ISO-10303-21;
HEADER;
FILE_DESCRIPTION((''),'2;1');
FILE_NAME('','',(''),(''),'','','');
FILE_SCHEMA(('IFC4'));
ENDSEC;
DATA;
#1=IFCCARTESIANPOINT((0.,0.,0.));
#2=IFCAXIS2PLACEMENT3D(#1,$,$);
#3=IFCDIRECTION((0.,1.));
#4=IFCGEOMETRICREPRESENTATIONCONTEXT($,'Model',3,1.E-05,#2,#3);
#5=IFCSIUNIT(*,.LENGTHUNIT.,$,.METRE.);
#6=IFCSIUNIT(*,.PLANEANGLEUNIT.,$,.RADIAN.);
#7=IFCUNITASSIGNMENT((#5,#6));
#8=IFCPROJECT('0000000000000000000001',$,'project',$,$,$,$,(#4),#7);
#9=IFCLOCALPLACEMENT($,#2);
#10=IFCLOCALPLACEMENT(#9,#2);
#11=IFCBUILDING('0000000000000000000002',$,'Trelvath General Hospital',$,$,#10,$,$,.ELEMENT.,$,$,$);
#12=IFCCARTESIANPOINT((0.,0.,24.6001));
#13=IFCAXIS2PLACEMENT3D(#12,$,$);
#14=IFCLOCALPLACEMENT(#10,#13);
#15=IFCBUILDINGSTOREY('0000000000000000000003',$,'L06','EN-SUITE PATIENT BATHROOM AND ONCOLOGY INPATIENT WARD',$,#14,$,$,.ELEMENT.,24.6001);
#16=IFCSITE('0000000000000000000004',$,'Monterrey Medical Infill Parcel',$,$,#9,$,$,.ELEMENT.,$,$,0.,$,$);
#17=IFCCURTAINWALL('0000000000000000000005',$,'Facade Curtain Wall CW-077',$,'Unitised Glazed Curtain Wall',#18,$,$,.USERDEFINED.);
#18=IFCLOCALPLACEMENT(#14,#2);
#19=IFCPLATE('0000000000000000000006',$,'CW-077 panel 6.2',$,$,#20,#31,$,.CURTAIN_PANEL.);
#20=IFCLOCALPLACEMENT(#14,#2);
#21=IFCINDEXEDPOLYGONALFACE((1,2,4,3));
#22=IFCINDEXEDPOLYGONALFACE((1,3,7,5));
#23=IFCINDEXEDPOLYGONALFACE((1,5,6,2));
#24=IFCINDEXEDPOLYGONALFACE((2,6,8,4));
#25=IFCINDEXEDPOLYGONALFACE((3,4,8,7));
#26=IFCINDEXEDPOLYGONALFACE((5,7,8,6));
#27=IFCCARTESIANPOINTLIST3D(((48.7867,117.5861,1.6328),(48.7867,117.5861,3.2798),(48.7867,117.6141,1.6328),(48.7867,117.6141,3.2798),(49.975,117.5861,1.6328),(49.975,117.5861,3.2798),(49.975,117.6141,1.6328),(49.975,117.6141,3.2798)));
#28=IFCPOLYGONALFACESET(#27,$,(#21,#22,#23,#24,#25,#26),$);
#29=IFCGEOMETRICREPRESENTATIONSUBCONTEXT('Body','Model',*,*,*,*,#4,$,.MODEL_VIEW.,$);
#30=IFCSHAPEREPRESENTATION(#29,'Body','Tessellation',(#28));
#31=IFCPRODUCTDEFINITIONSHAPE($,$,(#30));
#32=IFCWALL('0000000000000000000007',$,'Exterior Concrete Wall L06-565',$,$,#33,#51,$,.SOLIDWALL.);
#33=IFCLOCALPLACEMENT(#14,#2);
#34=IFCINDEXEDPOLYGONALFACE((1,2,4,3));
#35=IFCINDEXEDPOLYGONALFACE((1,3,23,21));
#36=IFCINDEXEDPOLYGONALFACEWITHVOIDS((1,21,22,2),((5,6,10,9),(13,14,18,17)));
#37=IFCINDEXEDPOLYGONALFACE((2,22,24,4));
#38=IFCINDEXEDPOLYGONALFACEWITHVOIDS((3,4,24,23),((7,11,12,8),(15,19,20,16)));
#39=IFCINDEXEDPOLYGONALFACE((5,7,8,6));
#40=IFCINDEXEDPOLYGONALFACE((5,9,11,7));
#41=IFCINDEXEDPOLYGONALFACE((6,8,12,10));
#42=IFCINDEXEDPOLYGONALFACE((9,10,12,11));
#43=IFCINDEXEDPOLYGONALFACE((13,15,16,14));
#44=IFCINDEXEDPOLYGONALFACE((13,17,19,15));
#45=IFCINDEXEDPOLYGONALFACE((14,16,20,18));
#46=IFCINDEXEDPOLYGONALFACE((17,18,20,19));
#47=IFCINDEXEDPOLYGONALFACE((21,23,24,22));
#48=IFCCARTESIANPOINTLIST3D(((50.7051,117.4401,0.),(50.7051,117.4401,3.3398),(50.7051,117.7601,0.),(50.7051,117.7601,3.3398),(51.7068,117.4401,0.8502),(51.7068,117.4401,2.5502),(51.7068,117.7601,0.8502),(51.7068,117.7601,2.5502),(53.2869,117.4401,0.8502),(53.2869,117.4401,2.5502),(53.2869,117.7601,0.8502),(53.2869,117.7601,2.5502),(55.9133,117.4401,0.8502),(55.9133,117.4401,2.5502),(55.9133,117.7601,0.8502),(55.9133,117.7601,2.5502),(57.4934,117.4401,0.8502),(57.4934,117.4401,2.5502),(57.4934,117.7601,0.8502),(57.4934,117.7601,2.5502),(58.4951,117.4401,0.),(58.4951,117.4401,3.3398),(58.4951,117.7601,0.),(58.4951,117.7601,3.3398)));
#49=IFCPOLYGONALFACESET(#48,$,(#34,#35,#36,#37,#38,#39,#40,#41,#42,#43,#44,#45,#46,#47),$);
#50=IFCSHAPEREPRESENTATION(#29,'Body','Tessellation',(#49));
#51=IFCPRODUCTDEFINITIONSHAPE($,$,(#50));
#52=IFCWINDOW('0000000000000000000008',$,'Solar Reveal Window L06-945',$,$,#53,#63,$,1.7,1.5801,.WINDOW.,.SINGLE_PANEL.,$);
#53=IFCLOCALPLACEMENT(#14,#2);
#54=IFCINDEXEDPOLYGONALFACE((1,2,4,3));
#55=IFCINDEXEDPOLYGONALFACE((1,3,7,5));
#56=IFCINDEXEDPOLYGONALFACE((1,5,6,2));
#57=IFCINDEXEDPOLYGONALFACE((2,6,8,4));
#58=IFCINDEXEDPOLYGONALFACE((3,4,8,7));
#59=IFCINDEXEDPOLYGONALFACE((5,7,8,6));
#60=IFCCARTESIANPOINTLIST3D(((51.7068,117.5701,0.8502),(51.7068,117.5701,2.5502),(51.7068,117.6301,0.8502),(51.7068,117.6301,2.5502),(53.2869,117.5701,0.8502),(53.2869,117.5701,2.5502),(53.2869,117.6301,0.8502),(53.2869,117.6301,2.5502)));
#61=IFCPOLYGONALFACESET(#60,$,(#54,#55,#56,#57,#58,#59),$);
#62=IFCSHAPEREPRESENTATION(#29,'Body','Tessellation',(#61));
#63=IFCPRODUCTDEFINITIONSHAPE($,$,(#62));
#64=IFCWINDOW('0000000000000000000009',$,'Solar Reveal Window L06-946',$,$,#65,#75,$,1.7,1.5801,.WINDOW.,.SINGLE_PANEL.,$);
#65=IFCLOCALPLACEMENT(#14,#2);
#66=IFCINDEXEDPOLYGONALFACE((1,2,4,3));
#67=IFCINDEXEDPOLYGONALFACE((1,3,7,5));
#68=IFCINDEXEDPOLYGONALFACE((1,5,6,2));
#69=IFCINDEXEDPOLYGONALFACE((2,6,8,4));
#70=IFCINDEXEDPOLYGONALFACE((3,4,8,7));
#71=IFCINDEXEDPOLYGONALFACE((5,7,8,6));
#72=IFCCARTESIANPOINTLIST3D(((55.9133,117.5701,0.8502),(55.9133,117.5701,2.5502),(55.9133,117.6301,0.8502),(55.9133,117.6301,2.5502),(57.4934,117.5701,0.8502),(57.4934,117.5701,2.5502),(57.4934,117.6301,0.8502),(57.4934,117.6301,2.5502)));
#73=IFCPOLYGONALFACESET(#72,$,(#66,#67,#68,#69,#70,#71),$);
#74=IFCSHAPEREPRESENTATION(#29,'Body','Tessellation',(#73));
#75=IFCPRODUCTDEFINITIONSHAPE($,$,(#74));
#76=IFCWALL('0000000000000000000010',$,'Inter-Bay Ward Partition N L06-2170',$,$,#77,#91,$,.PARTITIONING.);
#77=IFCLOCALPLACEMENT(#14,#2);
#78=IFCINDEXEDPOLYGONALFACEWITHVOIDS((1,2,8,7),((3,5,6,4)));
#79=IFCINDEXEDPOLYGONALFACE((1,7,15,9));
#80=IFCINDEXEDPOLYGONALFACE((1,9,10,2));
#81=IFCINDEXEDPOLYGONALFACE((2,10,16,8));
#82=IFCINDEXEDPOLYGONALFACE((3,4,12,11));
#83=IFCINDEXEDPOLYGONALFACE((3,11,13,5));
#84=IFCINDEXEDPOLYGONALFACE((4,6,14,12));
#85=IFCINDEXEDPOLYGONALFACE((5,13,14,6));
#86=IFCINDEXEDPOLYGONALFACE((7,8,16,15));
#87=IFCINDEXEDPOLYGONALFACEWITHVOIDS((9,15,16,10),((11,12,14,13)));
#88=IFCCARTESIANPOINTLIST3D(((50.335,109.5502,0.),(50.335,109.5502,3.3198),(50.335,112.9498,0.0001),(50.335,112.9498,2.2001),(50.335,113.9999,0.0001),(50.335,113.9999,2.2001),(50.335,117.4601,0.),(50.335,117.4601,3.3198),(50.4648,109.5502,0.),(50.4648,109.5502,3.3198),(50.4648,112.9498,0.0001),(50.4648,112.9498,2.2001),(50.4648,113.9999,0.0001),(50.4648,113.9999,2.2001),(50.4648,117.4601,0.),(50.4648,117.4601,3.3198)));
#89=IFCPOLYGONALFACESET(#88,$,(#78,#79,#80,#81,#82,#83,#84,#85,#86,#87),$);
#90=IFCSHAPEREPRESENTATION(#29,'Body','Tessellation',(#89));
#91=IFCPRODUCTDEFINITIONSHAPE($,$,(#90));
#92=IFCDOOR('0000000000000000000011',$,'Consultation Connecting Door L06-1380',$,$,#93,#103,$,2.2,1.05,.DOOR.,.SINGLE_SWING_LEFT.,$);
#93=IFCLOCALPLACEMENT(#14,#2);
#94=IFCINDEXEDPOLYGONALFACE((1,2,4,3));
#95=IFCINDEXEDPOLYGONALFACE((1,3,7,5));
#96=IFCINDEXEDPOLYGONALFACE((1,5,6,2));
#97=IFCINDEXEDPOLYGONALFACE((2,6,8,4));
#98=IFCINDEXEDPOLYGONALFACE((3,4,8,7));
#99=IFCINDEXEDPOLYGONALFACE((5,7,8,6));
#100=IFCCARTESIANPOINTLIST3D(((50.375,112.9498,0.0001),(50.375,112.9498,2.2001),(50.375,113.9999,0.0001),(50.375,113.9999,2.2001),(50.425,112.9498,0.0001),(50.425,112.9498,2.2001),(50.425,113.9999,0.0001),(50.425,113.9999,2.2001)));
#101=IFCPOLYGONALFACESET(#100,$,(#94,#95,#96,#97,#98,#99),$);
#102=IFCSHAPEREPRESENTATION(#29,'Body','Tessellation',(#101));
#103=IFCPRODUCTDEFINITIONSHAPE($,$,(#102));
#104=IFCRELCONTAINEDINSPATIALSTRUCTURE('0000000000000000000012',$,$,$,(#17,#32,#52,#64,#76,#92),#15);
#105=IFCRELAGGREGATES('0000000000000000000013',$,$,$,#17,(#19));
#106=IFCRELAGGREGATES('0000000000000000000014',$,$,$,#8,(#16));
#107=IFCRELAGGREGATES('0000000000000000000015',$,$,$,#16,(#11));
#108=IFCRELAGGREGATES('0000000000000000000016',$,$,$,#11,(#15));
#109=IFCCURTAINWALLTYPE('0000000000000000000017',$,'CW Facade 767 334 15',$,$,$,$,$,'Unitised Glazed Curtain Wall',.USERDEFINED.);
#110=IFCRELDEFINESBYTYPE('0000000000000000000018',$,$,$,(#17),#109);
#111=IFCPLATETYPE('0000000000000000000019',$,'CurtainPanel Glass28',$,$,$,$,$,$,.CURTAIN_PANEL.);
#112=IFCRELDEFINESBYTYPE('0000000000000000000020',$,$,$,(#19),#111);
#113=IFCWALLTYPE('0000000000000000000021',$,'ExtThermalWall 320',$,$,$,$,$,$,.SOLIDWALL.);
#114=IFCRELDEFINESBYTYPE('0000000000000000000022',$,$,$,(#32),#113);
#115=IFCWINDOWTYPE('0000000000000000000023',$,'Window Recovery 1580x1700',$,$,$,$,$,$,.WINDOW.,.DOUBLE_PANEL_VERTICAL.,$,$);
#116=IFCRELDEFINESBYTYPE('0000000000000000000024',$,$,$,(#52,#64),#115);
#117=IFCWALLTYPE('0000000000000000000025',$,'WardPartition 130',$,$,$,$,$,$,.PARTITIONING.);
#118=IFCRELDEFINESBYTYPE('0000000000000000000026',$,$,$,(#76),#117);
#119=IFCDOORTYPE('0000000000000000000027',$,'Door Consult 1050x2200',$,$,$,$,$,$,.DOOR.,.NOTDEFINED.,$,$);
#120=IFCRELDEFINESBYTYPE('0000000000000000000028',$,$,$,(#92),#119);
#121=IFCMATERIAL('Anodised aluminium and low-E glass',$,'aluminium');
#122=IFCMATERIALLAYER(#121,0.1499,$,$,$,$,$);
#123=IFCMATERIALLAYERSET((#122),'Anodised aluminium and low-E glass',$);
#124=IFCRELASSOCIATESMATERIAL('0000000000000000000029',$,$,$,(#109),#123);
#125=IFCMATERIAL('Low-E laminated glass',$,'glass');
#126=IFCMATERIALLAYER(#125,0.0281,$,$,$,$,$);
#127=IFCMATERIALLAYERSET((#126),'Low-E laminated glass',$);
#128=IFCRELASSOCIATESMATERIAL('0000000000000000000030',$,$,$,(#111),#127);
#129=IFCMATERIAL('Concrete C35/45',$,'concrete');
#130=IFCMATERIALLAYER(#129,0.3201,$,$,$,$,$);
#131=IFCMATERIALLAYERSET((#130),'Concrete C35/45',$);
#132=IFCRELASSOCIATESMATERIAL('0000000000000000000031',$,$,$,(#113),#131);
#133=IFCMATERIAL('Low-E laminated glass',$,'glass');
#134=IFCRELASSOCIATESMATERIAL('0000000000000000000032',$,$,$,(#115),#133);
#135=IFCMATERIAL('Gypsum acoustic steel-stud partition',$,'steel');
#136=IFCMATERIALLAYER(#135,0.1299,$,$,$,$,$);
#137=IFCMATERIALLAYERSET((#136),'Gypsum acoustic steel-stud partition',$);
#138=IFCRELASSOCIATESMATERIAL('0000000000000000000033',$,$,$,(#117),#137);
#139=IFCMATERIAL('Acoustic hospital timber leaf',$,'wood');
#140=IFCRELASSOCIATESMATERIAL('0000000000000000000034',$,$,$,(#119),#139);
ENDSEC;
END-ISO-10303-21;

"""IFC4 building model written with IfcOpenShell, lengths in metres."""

from ifc_helpers import new_model, si_unit, direction, frame, frame_2d, origin, origin_2d, place, context, subcontext, project, spatial, rectangle, extrude, material, layer, layer_set, type_object, element, fill, aggregate, save


model = new_model("IFC4")

# Units and contexts
model_context = context("Model", 3, precision=1e-05, world=origin(), true_north=direction((0.0, 1.0)))
body_context = subcontext(model_context, "Body", "Model", "MODEL_VIEW")
ifc_project = project(units=[si_unit("LENGTHUNIT", "METRE"), si_unit("PLANEANGLEUNIT", "RADIAN")], contexts=[model_context])

# Site, building, storey
site_placement = place(None, origin())
site = spatial("IfcSite", under=ifc_project, at=site_placement, Name="Monterrey Medical Infill Parcel", CompositionType="ELEMENT", RefElevation=0.0)
building_placement = place(site_placement, origin())
building = spatial("IfcBuilding", under=site, at=building_placement, Name="Trelvath General Hospital", CompositionType="ELEMENT")
storey_placement = place(building_placement, frame((0.0, 0.0, 24.6001)))
storey = spatial("IfcBuildingStorey", under=building, at=storey_placement, Name="L06", Description="EN-SUITE PATIENT BATHROOM AND ONCOLOGY INPATIENT WARD", CompositionType="ELEMENT", Elevation=24.6001)

# Curtain wall, plate
ifc_material_1 = material(Name="Anodised aluminium and low-E glass", Category="aluminium")
ifc_layer_1 = layer(ifc_material_1, 0.1499)
ifc_layer_set_1 = layer_set([ifc_layer_1], Name="Anodised aluminium and low-E glass")
curtain_wall_type = type_object("IfcCurtainWallType", Name="CW Facade 767 334 15", ElementType="Unitised Glazed Curtain Wall", PredefinedType="USERDEFINED", material=ifc_layer_set_1)
curtain_wall_placement = place(storey_placement, origin())
curtain_wall = element("IfcCurtainWall", 1, at=curtain_wall_placement, inside=storey, type_object=curtain_wall_type, Name="Facade Curtain Wall CW-077", ObjectType="Unitised Glazed Curtain Wall", PredefinedType="USERDEFINED")
ifc_material_2 = material(Name="Low-E laminated glass", Category="glass")
ifc_layer_2 = layer(ifc_material_2, 0.0281)
ifc_layer_set_2 = layer_set([ifc_layer_2], Name="Low-E laminated glass")
plate_type = type_object("IfcPlateType", Name="CurtainPanel Glass28", PredefinedType="CURTAIN_PANEL", material=ifc_layer_set_2)
plate_1_placement = place(storey_placement, frame((49.3809, 117.6001, 1.6328), z_axis=(0.0, 0.0, 1.0), x_axis=(1.0, 0.0, 0.0)))
plate_1 = element("IfcPlate", 2, at=plate_1_placement, type_object=plate_type, Name="CW-077 panel 6.2", PredefinedType="CURTAIN_PANEL", context=body_context, shape_type="SweptSolid", body=[
    extrude(rectangle(XDim=1.1882, YDim=0.0281, at=origin_2d()), origin(), (0.0, 0.0, 1.0), 1.647),
])
aggregate(curtain_wall, [plate_1])

# Wall, openings, windows
ifc_material_3 = material(Name="Concrete C35/45", Category="concrete")
ifc_layer_3 = layer(ifc_material_3, 0.3201)
ifc_layer_set_3 = layer_set([ifc_layer_3], Name="Concrete C35/45")
wall_type_1 = type_object("IfcWallType", Name="ExtThermalWall 320", PredefinedType="SOLIDWALL", material=ifc_layer_set_3)
wall_1_placement = place(storey_placement, frame((50.7051, 117.6001, 0.0), z_axis=(0.0, 0.0, 1.0), x_axis=(1.0, 0.0, 0.0)))
wall_1 = element("IfcWall", 3, at=wall_1_placement, inside=storey, type_object=wall_type_1, Name="Exterior Concrete Wall L06-565", PredefinedType="SOLIDWALL", context=body_context, shape_type="SweptSolid", body=[
    extrude(rectangle(XDim=7.79, YDim=0.3201, at=frame_2d((3.895, 0.0))), origin(), (0.0, 0.0, 1.0), 3.3398),
])
opening_1_placement = place(wall_1_placement, frame((1.0017, 0.0, 0.8501)))
opening_1 = element("IfcOpeningElement", 4, at=opening_1_placement, cuts=wall_1, PredefinedType="OPENING", context=body_context, shape_type="SweptSolid", body=[
    extrude(rectangle(XDim=1.5801, YDim=1.7, at=frame_2d((0.79, 0.8501))), frame((0.0, 0.1699, 0.0), z_axis=(0.0, -1.0, 0.0), x_axis=(1.0, 0.0, 0.0)), (0.0, 0.0, 1.0), 0.3401),
])
opening_2_placement = place(wall_1_placement, frame((5.2083, 0.0, 0.8501)))
opening_2 = element("IfcOpeningElement", 5, at=opening_2_placement, cuts=wall_1, PredefinedType="OPENING", context=body_context, shape_type="SweptSolid", body=[
    extrude(rectangle(XDim=1.5801, YDim=1.7, at=frame_2d((0.79, 0.8501))), frame((0.0, 0.1699, 0.0), z_axis=(0.0, -1.0, 0.0), x_axis=(1.0, 0.0, 0.0)), (0.0, 0.0, 1.0), 0.3401),
])
ifc_material_4 = material(Name="Low-E laminated glass", Category="glass")
window_type = type_object("IfcWindowType", Name="Window Recovery 1580x1700", PartitioningType="DOUBLE_PANEL_VERTICAL", PredefinedType="WINDOW", material=ifc_material_4)
window_1_placement = place(opening_1_placement, origin())
window_1 = element("IfcWindow", 6, at=window_1_placement, inside=storey, type_object=window_type, Name="Solar Reveal Window L06-945", OverallHeight=1.7, OverallWidth=1.5801, PartitioningType="SINGLE_PANEL", PredefinedType="WINDOW", context=body_context, shape_type="SweptSolid", body=[
    extrude(rectangle(XDim=1.5801, YDim=1.7, at=frame_2d((0.79, 0.8501))), frame((0.0, 0.03, 0.0), z_axis=(0.0, -1.0, 0.0), x_axis=(1.0, 0.0, 0.0)), (0.0, 0.0, 1.0), 0.0601),
])
fill(opening_1, window_1)
window_2_placement = place(opening_2_placement, origin())
window_2 = element("IfcWindow", 7, at=window_2_placement, inside=storey, type_object=window_type, Name="Solar Reveal Window L06-946", OverallHeight=1.7, OverallWidth=1.5801, PartitioningType="SINGLE_PANEL", PredefinedType="WINDOW", context=body_context, shape_type="SweptSolid", body=[
    extrude(rectangle(XDim=1.5801, YDim=1.7, at=frame_2d((0.79, 0.8501))), frame((0.0, 0.03, 0.0), z_axis=(0.0, -1.0, 0.0), x_axis=(1.0, 0.0, 0.0)), (0.0, 0.0, 1.0), 0.0601),
])
fill(opening_2, window_2)

# Wall, opening, door
ifc_material_5 = material(Name="Gypsum acoustic steel-stud partition", Category="steel")
ifc_layer_4 = layer(ifc_material_5, 0.1299)
ifc_layer_set_4 = layer_set([ifc_layer_4], Name="Gypsum acoustic steel-stud partition")
wall_type_2 = type_object("IfcWallType", Name="WardPartition 130", PredefinedType="PARTITIONING", material=ifc_layer_set_4)
wall_2_placement = place(storey_placement, frame((50.3999, 109.55, 0.0), z_axis=(0.0, 0.0, 1.0), x_axis=(0.0, 1.0, 0.0)))
wall_2 = element("IfcWall", 8, at=wall_2_placement, inside=storey, type_object=wall_type_2, Name="Inter-Bay Ward Partition N L06-2170", PredefinedType="PARTITIONING", context=body_context, shape_type="SweptSolid", body=[
    extrude(rectangle(XDim=7.9099, YDim=0.1299, at=frame_2d((3.9551, 0.0))), origin(), (0.0, 0.0, 1.0), 3.3198),
])
opening_3_placement = place(wall_2_placement, frame((3.3999, 0.0, 0.0)))
opening_3 = element("IfcOpeningElement", 9, at=opening_3_placement, cuts=wall_2, PredefinedType="OPENING", context=body_context, shape_type="SweptSolid", body=[
    extrude(rectangle(XDim=1.05, YDim=2.2, at=frame_2d((0.5249, 1.1001))), frame((0.0, 0.075, 0.0), z_axis=(0.0, -1.0, 0.0), x_axis=(1.0, 0.0, 0.0)), (0.0, 0.0, 1.0), 0.1499),
])
ifc_material_6 = material(Name="Acoustic hospital timber leaf", Category="wood")
door_type = type_object("IfcDoorType", Name="Door Consult 1050x2200", OperationType="NOTDEFINED", PredefinedType="DOOR", material=ifc_material_6)
door_placement = place(opening_3_placement, origin())
door = element("IfcDoor", 10, at=door_placement, inside=storey, type_object=door_type, Name="Consultation Connecting Door L06-1380", OperationType="SINGLE_SWING_LEFT", OverallHeight=2.2, OverallWidth=1.05, PredefinedType="DOOR", context=body_context, shape_type="SweptSolid", body=[
    extrude(rectangle(XDim=1.05, YDim=2.2, at=frame_2d((0.5249, 1.1001))), frame((0.0, 0.0249, 0.0), z_axis=(0.0, -1.0, 0.0), x_axis=(1.0, 0.0, 0.0)), (0.0, 0.0, 1.0), 0.05),
])
fill(opening_3, door)

save(model, "model.ifc")
